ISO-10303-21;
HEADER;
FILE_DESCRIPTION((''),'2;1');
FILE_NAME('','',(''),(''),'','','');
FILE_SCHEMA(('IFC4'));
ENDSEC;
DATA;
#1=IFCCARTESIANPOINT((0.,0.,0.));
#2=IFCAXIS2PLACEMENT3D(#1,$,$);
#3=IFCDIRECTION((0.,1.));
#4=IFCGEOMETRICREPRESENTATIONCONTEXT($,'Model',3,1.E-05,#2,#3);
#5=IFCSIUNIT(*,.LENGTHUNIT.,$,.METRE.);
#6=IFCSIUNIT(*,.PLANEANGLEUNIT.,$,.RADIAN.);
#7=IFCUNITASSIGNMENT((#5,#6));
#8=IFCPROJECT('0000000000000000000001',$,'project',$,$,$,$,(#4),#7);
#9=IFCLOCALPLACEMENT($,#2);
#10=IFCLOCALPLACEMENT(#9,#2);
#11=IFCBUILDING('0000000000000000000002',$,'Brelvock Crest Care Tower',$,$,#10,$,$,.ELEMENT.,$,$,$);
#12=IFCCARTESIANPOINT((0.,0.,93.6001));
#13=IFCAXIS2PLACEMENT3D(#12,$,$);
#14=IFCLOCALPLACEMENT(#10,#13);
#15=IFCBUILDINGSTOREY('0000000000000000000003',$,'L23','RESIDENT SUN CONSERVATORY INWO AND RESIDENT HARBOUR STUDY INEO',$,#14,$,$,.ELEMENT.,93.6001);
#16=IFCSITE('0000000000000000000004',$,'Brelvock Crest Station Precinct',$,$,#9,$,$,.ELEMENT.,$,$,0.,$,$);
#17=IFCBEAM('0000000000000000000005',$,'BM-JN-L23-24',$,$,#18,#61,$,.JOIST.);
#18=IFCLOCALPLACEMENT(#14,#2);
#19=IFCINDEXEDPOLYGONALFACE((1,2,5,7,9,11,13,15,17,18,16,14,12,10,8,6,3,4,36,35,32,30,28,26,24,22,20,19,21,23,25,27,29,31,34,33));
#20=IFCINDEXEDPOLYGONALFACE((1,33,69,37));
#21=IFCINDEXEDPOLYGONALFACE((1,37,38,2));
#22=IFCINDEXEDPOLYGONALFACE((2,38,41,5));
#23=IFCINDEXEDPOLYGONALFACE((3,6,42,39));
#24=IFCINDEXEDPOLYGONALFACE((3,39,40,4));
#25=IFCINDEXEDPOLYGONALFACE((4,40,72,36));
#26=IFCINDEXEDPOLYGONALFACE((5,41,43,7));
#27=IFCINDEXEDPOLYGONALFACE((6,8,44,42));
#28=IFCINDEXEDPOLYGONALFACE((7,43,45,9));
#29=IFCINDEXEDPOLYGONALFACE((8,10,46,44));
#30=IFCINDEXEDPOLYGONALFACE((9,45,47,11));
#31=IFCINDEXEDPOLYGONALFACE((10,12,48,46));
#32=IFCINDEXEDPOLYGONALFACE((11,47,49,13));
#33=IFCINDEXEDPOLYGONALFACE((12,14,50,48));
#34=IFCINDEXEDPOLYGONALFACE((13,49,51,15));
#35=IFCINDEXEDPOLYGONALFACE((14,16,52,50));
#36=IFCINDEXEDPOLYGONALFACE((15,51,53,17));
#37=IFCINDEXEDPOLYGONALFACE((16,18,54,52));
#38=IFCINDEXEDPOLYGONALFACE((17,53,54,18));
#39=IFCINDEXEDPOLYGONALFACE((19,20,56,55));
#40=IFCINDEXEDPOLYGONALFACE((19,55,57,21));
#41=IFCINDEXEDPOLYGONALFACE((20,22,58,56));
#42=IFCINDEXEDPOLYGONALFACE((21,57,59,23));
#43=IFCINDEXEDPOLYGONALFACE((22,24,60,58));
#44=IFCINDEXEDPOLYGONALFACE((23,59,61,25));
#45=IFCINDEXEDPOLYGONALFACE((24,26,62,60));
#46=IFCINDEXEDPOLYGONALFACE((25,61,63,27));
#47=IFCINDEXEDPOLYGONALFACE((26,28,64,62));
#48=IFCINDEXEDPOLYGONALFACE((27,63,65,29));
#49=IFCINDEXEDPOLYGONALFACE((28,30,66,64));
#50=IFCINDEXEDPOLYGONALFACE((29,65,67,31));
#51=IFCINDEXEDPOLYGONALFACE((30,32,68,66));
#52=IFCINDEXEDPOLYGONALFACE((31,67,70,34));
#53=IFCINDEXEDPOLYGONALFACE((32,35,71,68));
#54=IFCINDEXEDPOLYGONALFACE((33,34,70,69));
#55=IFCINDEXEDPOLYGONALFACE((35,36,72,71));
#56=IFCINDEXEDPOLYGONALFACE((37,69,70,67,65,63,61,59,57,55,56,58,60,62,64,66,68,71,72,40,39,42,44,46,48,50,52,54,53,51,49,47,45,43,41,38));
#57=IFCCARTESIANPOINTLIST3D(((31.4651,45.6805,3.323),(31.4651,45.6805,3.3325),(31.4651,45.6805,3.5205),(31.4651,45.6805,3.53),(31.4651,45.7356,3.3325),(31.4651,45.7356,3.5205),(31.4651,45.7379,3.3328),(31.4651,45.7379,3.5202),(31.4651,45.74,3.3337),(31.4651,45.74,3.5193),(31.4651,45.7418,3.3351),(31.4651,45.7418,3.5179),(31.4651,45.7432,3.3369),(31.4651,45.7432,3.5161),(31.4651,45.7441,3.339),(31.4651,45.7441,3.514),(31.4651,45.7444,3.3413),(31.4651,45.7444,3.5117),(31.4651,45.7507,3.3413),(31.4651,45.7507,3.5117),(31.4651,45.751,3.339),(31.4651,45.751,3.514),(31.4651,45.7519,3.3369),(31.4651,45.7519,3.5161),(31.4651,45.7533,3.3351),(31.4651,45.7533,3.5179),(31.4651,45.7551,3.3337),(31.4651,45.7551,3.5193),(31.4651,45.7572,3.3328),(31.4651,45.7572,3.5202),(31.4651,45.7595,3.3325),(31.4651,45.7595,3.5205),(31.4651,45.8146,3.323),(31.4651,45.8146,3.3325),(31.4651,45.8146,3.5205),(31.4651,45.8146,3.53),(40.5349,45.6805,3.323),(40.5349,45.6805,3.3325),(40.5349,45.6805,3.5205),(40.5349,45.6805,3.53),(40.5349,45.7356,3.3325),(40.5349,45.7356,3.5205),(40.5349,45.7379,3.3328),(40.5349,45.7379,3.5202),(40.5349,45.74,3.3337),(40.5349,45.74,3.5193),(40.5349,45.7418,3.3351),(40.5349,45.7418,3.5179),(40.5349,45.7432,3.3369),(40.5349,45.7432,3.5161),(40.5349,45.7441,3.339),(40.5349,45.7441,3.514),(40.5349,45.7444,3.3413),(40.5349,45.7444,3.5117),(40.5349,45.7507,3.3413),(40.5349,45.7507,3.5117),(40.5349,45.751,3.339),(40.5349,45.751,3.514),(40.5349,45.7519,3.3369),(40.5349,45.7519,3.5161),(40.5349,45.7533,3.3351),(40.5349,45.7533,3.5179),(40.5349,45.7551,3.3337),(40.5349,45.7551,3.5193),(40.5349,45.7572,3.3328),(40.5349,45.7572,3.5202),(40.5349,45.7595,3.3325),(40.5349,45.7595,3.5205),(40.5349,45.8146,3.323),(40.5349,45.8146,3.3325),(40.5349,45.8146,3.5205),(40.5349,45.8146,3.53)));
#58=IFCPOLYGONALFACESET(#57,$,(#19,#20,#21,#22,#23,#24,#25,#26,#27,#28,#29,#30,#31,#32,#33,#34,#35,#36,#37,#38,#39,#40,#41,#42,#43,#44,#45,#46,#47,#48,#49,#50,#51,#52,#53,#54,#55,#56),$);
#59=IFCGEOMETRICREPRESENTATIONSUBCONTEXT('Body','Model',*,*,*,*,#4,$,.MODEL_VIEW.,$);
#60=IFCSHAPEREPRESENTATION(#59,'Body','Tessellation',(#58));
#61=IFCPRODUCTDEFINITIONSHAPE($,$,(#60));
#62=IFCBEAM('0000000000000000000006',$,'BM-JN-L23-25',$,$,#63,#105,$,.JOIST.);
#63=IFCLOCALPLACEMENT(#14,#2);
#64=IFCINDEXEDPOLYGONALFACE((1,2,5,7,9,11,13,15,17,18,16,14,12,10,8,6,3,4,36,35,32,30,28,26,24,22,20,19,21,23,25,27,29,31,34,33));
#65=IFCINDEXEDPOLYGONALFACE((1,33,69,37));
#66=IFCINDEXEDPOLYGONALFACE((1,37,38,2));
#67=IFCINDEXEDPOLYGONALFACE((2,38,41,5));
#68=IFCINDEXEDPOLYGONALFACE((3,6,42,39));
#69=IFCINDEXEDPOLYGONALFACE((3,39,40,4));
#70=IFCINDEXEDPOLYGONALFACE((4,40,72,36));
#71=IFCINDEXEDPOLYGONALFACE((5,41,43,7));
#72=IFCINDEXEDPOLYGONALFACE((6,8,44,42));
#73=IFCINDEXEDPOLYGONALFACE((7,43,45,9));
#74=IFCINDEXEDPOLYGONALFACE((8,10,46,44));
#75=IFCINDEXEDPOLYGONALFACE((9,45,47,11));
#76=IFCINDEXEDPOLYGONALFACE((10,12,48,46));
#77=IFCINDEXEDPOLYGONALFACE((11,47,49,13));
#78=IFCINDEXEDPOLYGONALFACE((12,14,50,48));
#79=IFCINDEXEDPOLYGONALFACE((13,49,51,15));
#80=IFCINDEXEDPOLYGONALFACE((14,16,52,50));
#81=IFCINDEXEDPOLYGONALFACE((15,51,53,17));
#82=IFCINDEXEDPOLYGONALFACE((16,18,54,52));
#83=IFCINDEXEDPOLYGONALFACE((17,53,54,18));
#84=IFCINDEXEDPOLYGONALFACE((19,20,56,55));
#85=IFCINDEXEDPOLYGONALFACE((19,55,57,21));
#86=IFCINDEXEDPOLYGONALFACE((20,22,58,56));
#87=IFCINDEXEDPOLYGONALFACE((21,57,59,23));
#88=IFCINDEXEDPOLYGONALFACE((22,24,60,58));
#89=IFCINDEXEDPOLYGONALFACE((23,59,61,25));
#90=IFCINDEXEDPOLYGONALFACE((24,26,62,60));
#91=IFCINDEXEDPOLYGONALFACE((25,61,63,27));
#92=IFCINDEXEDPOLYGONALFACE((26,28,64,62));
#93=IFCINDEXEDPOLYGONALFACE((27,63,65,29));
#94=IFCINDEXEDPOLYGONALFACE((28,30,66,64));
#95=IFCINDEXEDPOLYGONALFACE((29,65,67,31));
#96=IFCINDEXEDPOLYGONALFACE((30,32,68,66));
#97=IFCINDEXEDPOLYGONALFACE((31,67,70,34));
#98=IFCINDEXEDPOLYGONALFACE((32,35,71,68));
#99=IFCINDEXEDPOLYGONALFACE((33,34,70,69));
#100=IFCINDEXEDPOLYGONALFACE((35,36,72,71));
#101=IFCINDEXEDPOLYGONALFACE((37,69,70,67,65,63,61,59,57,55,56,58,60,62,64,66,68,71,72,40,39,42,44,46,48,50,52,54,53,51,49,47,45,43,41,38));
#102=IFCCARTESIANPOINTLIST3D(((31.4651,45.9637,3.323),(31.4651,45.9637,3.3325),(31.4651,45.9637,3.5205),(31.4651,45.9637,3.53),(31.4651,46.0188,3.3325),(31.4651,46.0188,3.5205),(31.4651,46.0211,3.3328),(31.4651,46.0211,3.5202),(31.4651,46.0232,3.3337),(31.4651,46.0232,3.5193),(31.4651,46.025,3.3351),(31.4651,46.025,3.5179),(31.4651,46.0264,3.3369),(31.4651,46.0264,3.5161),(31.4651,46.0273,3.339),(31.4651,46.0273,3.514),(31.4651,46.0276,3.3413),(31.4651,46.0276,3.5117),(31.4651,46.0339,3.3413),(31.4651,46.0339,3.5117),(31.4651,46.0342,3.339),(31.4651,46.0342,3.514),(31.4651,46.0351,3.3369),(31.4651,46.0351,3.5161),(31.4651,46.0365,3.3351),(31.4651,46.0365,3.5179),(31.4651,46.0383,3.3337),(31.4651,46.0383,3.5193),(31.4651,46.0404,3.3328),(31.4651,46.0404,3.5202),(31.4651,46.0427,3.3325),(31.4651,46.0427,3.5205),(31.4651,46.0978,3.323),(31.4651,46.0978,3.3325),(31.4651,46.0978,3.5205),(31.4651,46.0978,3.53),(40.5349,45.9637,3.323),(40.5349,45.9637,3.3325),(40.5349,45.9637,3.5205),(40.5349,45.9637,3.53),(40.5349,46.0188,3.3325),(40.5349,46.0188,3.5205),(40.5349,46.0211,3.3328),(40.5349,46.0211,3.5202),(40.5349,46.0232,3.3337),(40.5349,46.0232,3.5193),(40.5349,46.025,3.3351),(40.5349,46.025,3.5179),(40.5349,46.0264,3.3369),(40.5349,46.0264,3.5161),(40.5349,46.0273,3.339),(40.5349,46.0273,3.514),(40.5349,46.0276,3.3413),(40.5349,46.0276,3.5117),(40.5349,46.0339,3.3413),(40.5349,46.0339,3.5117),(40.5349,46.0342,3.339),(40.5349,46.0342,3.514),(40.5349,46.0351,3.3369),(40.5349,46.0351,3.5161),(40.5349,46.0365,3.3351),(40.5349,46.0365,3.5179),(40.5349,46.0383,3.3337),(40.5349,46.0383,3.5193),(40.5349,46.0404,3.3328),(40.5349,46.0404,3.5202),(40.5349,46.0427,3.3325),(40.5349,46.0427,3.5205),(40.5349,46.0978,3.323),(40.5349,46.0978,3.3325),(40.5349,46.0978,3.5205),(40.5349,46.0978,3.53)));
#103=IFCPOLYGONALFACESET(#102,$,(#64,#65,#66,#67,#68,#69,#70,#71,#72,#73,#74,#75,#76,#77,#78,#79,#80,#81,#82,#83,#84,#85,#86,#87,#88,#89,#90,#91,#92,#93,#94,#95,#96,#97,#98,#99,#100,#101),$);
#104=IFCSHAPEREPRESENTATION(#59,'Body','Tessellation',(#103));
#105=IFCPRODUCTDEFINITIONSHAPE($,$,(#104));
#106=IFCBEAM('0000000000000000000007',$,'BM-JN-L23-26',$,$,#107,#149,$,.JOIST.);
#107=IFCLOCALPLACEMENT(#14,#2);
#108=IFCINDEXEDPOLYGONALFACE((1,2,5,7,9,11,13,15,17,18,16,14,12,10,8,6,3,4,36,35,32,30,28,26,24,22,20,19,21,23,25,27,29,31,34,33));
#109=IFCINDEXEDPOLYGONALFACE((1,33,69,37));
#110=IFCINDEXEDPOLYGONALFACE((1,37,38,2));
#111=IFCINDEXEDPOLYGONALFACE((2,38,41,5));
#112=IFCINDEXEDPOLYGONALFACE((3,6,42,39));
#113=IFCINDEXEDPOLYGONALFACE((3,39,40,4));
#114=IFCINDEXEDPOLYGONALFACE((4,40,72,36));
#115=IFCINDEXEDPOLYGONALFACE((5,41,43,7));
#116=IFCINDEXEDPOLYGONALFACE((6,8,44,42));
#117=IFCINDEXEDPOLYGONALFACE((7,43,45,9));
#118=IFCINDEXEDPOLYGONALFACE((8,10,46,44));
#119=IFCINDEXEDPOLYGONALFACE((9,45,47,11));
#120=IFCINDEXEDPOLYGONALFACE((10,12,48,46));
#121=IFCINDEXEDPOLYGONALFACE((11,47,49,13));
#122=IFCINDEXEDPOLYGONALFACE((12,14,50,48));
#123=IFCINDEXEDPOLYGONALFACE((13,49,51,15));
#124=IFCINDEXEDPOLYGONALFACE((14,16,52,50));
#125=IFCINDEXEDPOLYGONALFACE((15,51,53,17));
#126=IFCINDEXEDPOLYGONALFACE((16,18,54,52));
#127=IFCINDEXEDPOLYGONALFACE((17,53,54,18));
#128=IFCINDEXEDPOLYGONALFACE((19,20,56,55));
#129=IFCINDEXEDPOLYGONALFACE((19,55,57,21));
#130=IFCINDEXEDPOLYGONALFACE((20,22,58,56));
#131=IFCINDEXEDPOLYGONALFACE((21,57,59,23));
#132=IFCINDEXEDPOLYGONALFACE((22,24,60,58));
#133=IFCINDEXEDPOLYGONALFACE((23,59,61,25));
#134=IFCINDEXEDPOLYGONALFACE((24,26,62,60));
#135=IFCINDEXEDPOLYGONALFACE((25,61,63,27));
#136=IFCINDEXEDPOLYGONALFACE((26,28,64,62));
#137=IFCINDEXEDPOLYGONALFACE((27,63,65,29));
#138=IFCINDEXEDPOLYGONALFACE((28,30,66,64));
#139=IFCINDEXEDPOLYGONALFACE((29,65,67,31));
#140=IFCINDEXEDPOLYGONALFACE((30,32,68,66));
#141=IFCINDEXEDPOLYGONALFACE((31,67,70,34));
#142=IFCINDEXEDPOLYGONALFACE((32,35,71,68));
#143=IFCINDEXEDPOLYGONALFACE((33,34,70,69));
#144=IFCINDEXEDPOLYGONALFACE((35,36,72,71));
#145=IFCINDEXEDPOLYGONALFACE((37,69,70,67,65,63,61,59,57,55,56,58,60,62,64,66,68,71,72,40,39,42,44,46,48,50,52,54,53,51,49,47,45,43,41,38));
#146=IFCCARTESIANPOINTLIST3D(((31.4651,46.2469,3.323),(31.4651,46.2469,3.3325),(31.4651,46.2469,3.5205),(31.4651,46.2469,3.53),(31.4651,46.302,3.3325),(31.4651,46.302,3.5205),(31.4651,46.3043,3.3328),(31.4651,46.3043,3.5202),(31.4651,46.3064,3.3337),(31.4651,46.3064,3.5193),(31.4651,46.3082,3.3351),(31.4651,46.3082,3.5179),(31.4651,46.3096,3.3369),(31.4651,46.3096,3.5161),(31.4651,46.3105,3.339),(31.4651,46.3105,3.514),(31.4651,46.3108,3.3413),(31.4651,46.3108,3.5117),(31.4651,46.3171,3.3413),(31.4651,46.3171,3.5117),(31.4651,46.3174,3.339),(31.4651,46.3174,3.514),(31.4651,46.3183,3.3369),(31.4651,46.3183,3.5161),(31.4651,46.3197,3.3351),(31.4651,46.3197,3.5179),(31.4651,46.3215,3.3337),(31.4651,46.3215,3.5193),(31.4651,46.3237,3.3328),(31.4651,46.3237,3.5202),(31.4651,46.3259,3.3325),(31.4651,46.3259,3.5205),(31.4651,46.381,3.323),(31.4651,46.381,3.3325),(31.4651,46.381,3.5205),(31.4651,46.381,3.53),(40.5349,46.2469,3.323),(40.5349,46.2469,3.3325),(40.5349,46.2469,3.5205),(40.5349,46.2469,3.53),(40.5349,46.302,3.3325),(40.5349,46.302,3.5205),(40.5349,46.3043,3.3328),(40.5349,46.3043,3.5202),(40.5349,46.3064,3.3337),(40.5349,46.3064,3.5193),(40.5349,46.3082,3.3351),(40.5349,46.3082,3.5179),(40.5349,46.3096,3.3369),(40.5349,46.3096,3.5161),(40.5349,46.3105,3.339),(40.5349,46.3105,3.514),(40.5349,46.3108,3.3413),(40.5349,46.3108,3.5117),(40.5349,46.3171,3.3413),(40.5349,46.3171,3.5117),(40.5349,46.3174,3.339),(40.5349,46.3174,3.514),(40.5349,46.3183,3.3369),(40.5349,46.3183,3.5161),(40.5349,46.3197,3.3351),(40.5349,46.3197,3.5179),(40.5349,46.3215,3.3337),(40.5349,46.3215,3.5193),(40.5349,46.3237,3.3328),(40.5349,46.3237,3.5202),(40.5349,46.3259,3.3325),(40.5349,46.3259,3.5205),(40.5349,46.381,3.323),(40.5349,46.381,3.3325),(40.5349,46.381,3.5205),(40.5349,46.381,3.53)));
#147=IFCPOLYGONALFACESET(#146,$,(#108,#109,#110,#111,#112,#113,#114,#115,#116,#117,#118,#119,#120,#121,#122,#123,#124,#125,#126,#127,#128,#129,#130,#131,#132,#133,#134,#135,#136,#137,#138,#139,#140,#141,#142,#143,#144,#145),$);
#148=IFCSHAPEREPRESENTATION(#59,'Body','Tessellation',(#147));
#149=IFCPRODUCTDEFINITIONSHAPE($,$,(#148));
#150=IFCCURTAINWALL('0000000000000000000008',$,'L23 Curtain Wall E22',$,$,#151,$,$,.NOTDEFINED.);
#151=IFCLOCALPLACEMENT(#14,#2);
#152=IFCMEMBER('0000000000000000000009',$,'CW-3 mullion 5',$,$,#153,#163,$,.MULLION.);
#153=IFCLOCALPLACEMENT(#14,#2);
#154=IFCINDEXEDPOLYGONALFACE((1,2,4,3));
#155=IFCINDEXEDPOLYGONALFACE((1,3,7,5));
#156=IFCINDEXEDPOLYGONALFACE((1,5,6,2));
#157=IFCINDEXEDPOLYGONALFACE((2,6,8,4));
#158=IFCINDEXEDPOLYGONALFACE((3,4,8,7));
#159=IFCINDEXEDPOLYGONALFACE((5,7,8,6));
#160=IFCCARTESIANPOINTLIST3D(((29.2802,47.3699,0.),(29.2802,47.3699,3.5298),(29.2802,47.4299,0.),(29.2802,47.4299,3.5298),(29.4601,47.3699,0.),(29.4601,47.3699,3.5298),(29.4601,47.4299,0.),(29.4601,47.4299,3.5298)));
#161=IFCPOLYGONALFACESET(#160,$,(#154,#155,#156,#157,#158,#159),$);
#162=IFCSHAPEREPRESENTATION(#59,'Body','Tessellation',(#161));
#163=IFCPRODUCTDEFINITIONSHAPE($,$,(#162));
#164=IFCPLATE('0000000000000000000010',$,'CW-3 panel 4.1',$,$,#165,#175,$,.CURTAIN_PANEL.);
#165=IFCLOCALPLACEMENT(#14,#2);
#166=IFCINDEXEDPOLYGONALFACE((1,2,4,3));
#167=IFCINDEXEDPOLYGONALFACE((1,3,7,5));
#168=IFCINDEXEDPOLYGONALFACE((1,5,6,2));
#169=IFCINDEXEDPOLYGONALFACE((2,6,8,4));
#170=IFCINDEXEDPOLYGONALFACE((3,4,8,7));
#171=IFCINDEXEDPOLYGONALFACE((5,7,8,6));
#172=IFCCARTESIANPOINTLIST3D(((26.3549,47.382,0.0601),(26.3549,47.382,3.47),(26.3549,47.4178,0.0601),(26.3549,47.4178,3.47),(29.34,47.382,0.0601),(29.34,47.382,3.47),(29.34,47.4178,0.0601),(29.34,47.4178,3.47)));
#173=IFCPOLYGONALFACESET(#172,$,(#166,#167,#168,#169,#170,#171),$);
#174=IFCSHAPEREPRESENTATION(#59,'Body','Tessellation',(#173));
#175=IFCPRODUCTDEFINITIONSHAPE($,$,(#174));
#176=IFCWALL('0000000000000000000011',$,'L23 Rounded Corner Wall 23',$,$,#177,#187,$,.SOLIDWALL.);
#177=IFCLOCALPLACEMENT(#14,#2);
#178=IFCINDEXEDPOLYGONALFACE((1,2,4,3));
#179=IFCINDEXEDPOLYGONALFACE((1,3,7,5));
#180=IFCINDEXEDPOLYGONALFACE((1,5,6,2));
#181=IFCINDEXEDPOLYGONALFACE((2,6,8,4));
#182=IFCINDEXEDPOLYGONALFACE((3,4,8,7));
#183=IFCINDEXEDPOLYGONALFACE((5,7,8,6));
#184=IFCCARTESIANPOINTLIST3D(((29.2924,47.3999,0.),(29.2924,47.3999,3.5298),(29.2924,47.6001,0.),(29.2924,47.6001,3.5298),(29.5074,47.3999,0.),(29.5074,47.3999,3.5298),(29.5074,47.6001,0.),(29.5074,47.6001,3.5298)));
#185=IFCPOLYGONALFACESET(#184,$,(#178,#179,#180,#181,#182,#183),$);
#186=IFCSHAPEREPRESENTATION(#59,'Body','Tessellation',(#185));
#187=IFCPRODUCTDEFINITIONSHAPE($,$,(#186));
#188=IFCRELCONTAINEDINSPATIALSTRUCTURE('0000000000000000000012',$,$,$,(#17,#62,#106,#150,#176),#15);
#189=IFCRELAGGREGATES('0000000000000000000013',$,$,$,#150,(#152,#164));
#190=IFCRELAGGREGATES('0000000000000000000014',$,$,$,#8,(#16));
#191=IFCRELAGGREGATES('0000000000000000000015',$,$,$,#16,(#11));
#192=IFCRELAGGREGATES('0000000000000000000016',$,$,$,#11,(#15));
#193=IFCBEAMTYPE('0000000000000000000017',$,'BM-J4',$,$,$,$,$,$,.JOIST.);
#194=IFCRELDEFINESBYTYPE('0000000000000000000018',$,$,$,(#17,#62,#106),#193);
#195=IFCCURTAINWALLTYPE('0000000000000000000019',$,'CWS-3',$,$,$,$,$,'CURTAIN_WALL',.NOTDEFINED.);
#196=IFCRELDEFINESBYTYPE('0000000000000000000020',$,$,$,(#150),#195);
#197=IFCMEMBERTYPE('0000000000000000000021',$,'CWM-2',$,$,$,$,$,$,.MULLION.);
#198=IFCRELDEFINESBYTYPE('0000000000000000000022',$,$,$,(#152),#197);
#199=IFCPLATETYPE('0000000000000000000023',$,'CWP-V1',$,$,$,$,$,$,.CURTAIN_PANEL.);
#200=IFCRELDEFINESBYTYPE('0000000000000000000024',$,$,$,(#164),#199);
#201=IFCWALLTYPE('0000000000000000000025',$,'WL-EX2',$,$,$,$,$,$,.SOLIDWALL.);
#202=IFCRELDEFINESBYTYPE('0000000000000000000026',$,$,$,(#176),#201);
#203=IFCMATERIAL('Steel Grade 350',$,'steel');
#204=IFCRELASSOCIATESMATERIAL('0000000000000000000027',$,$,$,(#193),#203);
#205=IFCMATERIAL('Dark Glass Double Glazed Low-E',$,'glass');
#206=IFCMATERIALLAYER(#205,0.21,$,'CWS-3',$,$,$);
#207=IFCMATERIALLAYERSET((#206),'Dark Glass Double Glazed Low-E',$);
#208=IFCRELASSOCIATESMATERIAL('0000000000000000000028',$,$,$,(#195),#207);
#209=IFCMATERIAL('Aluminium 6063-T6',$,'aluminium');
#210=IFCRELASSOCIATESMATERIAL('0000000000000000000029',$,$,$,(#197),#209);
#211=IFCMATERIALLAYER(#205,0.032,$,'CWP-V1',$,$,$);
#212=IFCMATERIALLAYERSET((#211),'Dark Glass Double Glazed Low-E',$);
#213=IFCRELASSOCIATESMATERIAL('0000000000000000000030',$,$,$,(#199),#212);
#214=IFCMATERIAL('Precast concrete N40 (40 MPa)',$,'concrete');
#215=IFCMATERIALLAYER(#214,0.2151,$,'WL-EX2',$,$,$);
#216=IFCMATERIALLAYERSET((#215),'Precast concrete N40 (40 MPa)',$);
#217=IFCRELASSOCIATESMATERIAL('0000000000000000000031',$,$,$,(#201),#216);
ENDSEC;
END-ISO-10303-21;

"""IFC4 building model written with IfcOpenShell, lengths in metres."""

from ifc_helpers import new_model, si_unit, direction, frame, frame_2d, origin, origin_2d, place, context, subcontext, project, spatial, rectangle, i_section, extrude, source, transform, mapped, material, layer, layer_set, material_profile, profile_set, type_object, element, aggregate, save


model = new_model("IFC4")

# Units and contexts
model_context = context("Model", 3, precision=1e-05, world=origin(), true_north=direction((0.0, 1.0)))
body_context = subcontext(model_context, "Body", "Model", "MODEL_VIEW")
ifc_project = project(units=[si_unit("LENGTHUNIT", "METRE"), si_unit("PLANEANGLEUNIT", "RADIAN")], contexts=[model_context])

# Site, building, storey
site_placement = place(None, origin())
site = spatial("IfcSite", under=ifc_project, at=site_placement, Name="Brelvock Crest Station Precinct", CompositionType="ELEMENT", RefElevation=0.0)
building_placement = place(site_placement, origin())
building = spatial("IfcBuilding", under=site, at=building_placement, Name="Brelvock Crest Care Tower", CompositionType="ELEMENT")
storey_placement = place(building_placement, frame((0.0, 0.0, 93.6001)))
storey = spatial("IfcBuildingStorey", under=building, at=storey_placement, Name="L23", Description="RESIDENT SUN CONSERVATORY INWO AND RESIDENT HARBOUR STUDY INEO", CompositionType="ELEMENT", Elevation=93.6001)

# Shared definitions
ifc_material_1 = material(Name="Steel Grade 350", Category="steel")

# Beams
ifc_material_profile_1 = material_profile(ifc_material_1, i_section(OverallWidth=0.134, OverallDepth=0.207, WebThickness=0.0063, FlangeThickness=0.0095, FilletRadius=0.0088, at=origin_2d()), Name="200UB29.8")
ifc_profile_set_1 = profile_set([ifc_material_profile_1], Name="Steel Grade 350")
beam_type_1 = type_object("IfcBeamType", Name="BM-J4", PredefinedType="JOIST", material=ifc_profile_set_1)
shared_shape_1 = source(origin(), body_context, "Body", "SweptSolid", [
    extrude(i_section(OverallWidth=0.134, OverallDepth=0.207, WebThickness=0.0063, FlangeThickness=0.0095, FilletRadius=0.0088, at=origin_2d()), origin(), (0.0, 0.0, 1.0), 9.0698),
])
for number, where, z_axis, x_axis, name in (
    (1, (31.4651, 45.7476, 3.4265), (1.0, 0.0, 0.0), (0.0, 1.0, 0.0), "BM-JN-L23-24"),
    (2, (31.4651, 46.0308, 3.4265), (1.0, 0.0, 0.0), (0.0, 1.0, 0.0), "BM-JN-L23-25"),
    (3, (31.4651, 46.314, 3.4265), (1.0, 0.0, 0.0), (0.0, 1.0, 0.0), "BM-JN-L23-26"),
):
    element("IfcBeam", number, at=place(storey_placement, frame(where, z_axis=z_axis, x_axis=x_axis)), inside=storey, type_object=beam_type_1, Name=name, PredefinedType="JOIST", context=body_context, shape_type="MappedRepresentation", body=[
        mapped(shared_shape_1, transform((0.0, 0.0, 0.0), x_axis=(1.0, 0.0, 0.0), y_axis=(0.0, 1.0, 0.0), z_axis=(0.0, 0.0, 1.0), scale=1.0)),
    ])

# Curtain wall, member, plate
ifc_material_2 = material(Name="Dark Glass Double Glazed Low-E", Category="glass")
ifc_layer_1 = layer(ifc_material_2, 0.21, Name="CWS-3")
ifc_layer_set_1 = layer_set([ifc_layer_1], Name="Dark Glass Double Glazed Low-E")
curtain_wall_type = type_object("IfcCurtainWallType", Name="CWS-3", ElementType="CURTAIN_WALL", PredefinedType="NOTDEFINED", material=ifc_layer_set_1)
curtain_wall_placement = place(storey_placement, origin())
curtain_wall = element("IfcCurtainWall", 4, at=curtain_wall_placement, inside=storey, type_object=curtain_wall_type, Name="L23 Curtain Wall E22", PredefinedType="NOTDEFINED")
ifc_material_3 = material(Name="Aluminium 6063-T6", Category="aluminium")
ifc_material_profile_2 = material_profile(ifc_material_3, rectangle(XDim=0.0601, YDim=0.1799, at=origin_2d()), Name="ALU60x180")
ifc_profile_set_2 = profile_set([ifc_material_profile_2], Name="Aluminium 6063-T6")
member_type = type_object("IfcMemberType", Name="CWM-2", PredefinedType="MULLION", material=ifc_profile_set_2)
shared_shape_2 = source(origin(), body_context, "Body", "SweptSolid", [
    extrude(rectangle(XDim=0.0601, YDim=0.1799, at=origin_2d()), origin(), (0.0, 0.0, 1.0), 3.5298),
])
member_placement = place(storey_placement, frame((29.3701, 47.3999, 0.0), z_axis=(0.0, 0.0, 1.0), x_axis=(0.0, 1.0, 0.0)))
member = element("IfcMember", 5, at=member_placement, type_object=member_type, Name="CW-3 mullion 5", PredefinedType="MULLION", context=body_context, shape_type="MappedRepresentation", body=[
    mapped(shared_shape_2, transform((0.0, 0.0, 0.0), x_axis=(1.0, 0.0, 0.0), y_axis=(0.0, 1.0, 0.0), z_axis=(0.0, 0.0, 1.0), scale=1.0)),
])
ifc_layer_2 = layer(ifc_material_2, 0.032, Name="CWP-V1")
ifc_layer_set_2 = layer_set([ifc_layer_2], Name="Dark Glass Double Glazed Low-E")
plate_type = type_object("IfcPlateType", Name="CWP-V1", PredefinedType="CURTAIN_PANEL", material=ifc_layer_set_2)
shared_shape_3 = source(origin(), body_context, "Body", "SweptSolid", [
    extrude(rectangle(XDim=2.9851, YDim=0.0359, at=origin_2d()), origin(), (0.0, 0.0, 1.0), 3.4099),
])
plate_placement = place(storey_placement, frame((27.8474, 47.3999, 0.0601), z_axis=(0.0, 0.0, 1.0), x_axis=(1.0, 0.0, 0.0)))
plate = element("IfcPlate", 6, at=plate_placement, type_object=plate_type, Name="CW-3 panel 4.1", PredefinedType="CURTAIN_PANEL", context=body_context, shape_type="MappedRepresentation", body=[
    mapped(shared_shape_3, transform((0.0, 0.0, 0.0), x_axis=(1.0, 0.0, 0.0), y_axis=(0.0, 1.0, 0.0), z_axis=(0.0, 0.0, 1.0), scale=1.0)),
])
aggregate(curtain_wall, [member, plate])

# Wall
ifc_material_4 = material(Name="Precast concrete N40 (40 MPa)", Category="concrete")
ifc_layer_3 = layer(ifc_material_4, 0.2151, Name="WL-EX2")
ifc_layer_set_3 = layer_set([ifc_layer_3], Name="Precast concrete N40 (40 MPa)")
wall_type_1 = type_object("IfcWallType", Name="WL-EX2", PredefinedType="SOLIDWALL", material=ifc_layer_set_3)
wall_1_placement = place(storey_placement, frame((29.3999, 47.3999, 0.0), z_axis=(0.0, 0.0, 1.0), x_axis=(0.0, 1.0, 0.0)))
element("IfcWall", 7, at=wall_1_placement, inside=storey, type_object=wall_type_1, Name="L23 Rounded Corner Wall 23", PredefinedType="SOLIDWALL", context=body_context, shape_type="SweptSolid", body=[
    extrude(rectangle(XDim=0.2002, YDim=0.2151, at=frame_2d((0.1001, 0.0))), origin(), (0.0, 0.0, 1.0), 3.5298),
])

save(model, "model.ifc")
